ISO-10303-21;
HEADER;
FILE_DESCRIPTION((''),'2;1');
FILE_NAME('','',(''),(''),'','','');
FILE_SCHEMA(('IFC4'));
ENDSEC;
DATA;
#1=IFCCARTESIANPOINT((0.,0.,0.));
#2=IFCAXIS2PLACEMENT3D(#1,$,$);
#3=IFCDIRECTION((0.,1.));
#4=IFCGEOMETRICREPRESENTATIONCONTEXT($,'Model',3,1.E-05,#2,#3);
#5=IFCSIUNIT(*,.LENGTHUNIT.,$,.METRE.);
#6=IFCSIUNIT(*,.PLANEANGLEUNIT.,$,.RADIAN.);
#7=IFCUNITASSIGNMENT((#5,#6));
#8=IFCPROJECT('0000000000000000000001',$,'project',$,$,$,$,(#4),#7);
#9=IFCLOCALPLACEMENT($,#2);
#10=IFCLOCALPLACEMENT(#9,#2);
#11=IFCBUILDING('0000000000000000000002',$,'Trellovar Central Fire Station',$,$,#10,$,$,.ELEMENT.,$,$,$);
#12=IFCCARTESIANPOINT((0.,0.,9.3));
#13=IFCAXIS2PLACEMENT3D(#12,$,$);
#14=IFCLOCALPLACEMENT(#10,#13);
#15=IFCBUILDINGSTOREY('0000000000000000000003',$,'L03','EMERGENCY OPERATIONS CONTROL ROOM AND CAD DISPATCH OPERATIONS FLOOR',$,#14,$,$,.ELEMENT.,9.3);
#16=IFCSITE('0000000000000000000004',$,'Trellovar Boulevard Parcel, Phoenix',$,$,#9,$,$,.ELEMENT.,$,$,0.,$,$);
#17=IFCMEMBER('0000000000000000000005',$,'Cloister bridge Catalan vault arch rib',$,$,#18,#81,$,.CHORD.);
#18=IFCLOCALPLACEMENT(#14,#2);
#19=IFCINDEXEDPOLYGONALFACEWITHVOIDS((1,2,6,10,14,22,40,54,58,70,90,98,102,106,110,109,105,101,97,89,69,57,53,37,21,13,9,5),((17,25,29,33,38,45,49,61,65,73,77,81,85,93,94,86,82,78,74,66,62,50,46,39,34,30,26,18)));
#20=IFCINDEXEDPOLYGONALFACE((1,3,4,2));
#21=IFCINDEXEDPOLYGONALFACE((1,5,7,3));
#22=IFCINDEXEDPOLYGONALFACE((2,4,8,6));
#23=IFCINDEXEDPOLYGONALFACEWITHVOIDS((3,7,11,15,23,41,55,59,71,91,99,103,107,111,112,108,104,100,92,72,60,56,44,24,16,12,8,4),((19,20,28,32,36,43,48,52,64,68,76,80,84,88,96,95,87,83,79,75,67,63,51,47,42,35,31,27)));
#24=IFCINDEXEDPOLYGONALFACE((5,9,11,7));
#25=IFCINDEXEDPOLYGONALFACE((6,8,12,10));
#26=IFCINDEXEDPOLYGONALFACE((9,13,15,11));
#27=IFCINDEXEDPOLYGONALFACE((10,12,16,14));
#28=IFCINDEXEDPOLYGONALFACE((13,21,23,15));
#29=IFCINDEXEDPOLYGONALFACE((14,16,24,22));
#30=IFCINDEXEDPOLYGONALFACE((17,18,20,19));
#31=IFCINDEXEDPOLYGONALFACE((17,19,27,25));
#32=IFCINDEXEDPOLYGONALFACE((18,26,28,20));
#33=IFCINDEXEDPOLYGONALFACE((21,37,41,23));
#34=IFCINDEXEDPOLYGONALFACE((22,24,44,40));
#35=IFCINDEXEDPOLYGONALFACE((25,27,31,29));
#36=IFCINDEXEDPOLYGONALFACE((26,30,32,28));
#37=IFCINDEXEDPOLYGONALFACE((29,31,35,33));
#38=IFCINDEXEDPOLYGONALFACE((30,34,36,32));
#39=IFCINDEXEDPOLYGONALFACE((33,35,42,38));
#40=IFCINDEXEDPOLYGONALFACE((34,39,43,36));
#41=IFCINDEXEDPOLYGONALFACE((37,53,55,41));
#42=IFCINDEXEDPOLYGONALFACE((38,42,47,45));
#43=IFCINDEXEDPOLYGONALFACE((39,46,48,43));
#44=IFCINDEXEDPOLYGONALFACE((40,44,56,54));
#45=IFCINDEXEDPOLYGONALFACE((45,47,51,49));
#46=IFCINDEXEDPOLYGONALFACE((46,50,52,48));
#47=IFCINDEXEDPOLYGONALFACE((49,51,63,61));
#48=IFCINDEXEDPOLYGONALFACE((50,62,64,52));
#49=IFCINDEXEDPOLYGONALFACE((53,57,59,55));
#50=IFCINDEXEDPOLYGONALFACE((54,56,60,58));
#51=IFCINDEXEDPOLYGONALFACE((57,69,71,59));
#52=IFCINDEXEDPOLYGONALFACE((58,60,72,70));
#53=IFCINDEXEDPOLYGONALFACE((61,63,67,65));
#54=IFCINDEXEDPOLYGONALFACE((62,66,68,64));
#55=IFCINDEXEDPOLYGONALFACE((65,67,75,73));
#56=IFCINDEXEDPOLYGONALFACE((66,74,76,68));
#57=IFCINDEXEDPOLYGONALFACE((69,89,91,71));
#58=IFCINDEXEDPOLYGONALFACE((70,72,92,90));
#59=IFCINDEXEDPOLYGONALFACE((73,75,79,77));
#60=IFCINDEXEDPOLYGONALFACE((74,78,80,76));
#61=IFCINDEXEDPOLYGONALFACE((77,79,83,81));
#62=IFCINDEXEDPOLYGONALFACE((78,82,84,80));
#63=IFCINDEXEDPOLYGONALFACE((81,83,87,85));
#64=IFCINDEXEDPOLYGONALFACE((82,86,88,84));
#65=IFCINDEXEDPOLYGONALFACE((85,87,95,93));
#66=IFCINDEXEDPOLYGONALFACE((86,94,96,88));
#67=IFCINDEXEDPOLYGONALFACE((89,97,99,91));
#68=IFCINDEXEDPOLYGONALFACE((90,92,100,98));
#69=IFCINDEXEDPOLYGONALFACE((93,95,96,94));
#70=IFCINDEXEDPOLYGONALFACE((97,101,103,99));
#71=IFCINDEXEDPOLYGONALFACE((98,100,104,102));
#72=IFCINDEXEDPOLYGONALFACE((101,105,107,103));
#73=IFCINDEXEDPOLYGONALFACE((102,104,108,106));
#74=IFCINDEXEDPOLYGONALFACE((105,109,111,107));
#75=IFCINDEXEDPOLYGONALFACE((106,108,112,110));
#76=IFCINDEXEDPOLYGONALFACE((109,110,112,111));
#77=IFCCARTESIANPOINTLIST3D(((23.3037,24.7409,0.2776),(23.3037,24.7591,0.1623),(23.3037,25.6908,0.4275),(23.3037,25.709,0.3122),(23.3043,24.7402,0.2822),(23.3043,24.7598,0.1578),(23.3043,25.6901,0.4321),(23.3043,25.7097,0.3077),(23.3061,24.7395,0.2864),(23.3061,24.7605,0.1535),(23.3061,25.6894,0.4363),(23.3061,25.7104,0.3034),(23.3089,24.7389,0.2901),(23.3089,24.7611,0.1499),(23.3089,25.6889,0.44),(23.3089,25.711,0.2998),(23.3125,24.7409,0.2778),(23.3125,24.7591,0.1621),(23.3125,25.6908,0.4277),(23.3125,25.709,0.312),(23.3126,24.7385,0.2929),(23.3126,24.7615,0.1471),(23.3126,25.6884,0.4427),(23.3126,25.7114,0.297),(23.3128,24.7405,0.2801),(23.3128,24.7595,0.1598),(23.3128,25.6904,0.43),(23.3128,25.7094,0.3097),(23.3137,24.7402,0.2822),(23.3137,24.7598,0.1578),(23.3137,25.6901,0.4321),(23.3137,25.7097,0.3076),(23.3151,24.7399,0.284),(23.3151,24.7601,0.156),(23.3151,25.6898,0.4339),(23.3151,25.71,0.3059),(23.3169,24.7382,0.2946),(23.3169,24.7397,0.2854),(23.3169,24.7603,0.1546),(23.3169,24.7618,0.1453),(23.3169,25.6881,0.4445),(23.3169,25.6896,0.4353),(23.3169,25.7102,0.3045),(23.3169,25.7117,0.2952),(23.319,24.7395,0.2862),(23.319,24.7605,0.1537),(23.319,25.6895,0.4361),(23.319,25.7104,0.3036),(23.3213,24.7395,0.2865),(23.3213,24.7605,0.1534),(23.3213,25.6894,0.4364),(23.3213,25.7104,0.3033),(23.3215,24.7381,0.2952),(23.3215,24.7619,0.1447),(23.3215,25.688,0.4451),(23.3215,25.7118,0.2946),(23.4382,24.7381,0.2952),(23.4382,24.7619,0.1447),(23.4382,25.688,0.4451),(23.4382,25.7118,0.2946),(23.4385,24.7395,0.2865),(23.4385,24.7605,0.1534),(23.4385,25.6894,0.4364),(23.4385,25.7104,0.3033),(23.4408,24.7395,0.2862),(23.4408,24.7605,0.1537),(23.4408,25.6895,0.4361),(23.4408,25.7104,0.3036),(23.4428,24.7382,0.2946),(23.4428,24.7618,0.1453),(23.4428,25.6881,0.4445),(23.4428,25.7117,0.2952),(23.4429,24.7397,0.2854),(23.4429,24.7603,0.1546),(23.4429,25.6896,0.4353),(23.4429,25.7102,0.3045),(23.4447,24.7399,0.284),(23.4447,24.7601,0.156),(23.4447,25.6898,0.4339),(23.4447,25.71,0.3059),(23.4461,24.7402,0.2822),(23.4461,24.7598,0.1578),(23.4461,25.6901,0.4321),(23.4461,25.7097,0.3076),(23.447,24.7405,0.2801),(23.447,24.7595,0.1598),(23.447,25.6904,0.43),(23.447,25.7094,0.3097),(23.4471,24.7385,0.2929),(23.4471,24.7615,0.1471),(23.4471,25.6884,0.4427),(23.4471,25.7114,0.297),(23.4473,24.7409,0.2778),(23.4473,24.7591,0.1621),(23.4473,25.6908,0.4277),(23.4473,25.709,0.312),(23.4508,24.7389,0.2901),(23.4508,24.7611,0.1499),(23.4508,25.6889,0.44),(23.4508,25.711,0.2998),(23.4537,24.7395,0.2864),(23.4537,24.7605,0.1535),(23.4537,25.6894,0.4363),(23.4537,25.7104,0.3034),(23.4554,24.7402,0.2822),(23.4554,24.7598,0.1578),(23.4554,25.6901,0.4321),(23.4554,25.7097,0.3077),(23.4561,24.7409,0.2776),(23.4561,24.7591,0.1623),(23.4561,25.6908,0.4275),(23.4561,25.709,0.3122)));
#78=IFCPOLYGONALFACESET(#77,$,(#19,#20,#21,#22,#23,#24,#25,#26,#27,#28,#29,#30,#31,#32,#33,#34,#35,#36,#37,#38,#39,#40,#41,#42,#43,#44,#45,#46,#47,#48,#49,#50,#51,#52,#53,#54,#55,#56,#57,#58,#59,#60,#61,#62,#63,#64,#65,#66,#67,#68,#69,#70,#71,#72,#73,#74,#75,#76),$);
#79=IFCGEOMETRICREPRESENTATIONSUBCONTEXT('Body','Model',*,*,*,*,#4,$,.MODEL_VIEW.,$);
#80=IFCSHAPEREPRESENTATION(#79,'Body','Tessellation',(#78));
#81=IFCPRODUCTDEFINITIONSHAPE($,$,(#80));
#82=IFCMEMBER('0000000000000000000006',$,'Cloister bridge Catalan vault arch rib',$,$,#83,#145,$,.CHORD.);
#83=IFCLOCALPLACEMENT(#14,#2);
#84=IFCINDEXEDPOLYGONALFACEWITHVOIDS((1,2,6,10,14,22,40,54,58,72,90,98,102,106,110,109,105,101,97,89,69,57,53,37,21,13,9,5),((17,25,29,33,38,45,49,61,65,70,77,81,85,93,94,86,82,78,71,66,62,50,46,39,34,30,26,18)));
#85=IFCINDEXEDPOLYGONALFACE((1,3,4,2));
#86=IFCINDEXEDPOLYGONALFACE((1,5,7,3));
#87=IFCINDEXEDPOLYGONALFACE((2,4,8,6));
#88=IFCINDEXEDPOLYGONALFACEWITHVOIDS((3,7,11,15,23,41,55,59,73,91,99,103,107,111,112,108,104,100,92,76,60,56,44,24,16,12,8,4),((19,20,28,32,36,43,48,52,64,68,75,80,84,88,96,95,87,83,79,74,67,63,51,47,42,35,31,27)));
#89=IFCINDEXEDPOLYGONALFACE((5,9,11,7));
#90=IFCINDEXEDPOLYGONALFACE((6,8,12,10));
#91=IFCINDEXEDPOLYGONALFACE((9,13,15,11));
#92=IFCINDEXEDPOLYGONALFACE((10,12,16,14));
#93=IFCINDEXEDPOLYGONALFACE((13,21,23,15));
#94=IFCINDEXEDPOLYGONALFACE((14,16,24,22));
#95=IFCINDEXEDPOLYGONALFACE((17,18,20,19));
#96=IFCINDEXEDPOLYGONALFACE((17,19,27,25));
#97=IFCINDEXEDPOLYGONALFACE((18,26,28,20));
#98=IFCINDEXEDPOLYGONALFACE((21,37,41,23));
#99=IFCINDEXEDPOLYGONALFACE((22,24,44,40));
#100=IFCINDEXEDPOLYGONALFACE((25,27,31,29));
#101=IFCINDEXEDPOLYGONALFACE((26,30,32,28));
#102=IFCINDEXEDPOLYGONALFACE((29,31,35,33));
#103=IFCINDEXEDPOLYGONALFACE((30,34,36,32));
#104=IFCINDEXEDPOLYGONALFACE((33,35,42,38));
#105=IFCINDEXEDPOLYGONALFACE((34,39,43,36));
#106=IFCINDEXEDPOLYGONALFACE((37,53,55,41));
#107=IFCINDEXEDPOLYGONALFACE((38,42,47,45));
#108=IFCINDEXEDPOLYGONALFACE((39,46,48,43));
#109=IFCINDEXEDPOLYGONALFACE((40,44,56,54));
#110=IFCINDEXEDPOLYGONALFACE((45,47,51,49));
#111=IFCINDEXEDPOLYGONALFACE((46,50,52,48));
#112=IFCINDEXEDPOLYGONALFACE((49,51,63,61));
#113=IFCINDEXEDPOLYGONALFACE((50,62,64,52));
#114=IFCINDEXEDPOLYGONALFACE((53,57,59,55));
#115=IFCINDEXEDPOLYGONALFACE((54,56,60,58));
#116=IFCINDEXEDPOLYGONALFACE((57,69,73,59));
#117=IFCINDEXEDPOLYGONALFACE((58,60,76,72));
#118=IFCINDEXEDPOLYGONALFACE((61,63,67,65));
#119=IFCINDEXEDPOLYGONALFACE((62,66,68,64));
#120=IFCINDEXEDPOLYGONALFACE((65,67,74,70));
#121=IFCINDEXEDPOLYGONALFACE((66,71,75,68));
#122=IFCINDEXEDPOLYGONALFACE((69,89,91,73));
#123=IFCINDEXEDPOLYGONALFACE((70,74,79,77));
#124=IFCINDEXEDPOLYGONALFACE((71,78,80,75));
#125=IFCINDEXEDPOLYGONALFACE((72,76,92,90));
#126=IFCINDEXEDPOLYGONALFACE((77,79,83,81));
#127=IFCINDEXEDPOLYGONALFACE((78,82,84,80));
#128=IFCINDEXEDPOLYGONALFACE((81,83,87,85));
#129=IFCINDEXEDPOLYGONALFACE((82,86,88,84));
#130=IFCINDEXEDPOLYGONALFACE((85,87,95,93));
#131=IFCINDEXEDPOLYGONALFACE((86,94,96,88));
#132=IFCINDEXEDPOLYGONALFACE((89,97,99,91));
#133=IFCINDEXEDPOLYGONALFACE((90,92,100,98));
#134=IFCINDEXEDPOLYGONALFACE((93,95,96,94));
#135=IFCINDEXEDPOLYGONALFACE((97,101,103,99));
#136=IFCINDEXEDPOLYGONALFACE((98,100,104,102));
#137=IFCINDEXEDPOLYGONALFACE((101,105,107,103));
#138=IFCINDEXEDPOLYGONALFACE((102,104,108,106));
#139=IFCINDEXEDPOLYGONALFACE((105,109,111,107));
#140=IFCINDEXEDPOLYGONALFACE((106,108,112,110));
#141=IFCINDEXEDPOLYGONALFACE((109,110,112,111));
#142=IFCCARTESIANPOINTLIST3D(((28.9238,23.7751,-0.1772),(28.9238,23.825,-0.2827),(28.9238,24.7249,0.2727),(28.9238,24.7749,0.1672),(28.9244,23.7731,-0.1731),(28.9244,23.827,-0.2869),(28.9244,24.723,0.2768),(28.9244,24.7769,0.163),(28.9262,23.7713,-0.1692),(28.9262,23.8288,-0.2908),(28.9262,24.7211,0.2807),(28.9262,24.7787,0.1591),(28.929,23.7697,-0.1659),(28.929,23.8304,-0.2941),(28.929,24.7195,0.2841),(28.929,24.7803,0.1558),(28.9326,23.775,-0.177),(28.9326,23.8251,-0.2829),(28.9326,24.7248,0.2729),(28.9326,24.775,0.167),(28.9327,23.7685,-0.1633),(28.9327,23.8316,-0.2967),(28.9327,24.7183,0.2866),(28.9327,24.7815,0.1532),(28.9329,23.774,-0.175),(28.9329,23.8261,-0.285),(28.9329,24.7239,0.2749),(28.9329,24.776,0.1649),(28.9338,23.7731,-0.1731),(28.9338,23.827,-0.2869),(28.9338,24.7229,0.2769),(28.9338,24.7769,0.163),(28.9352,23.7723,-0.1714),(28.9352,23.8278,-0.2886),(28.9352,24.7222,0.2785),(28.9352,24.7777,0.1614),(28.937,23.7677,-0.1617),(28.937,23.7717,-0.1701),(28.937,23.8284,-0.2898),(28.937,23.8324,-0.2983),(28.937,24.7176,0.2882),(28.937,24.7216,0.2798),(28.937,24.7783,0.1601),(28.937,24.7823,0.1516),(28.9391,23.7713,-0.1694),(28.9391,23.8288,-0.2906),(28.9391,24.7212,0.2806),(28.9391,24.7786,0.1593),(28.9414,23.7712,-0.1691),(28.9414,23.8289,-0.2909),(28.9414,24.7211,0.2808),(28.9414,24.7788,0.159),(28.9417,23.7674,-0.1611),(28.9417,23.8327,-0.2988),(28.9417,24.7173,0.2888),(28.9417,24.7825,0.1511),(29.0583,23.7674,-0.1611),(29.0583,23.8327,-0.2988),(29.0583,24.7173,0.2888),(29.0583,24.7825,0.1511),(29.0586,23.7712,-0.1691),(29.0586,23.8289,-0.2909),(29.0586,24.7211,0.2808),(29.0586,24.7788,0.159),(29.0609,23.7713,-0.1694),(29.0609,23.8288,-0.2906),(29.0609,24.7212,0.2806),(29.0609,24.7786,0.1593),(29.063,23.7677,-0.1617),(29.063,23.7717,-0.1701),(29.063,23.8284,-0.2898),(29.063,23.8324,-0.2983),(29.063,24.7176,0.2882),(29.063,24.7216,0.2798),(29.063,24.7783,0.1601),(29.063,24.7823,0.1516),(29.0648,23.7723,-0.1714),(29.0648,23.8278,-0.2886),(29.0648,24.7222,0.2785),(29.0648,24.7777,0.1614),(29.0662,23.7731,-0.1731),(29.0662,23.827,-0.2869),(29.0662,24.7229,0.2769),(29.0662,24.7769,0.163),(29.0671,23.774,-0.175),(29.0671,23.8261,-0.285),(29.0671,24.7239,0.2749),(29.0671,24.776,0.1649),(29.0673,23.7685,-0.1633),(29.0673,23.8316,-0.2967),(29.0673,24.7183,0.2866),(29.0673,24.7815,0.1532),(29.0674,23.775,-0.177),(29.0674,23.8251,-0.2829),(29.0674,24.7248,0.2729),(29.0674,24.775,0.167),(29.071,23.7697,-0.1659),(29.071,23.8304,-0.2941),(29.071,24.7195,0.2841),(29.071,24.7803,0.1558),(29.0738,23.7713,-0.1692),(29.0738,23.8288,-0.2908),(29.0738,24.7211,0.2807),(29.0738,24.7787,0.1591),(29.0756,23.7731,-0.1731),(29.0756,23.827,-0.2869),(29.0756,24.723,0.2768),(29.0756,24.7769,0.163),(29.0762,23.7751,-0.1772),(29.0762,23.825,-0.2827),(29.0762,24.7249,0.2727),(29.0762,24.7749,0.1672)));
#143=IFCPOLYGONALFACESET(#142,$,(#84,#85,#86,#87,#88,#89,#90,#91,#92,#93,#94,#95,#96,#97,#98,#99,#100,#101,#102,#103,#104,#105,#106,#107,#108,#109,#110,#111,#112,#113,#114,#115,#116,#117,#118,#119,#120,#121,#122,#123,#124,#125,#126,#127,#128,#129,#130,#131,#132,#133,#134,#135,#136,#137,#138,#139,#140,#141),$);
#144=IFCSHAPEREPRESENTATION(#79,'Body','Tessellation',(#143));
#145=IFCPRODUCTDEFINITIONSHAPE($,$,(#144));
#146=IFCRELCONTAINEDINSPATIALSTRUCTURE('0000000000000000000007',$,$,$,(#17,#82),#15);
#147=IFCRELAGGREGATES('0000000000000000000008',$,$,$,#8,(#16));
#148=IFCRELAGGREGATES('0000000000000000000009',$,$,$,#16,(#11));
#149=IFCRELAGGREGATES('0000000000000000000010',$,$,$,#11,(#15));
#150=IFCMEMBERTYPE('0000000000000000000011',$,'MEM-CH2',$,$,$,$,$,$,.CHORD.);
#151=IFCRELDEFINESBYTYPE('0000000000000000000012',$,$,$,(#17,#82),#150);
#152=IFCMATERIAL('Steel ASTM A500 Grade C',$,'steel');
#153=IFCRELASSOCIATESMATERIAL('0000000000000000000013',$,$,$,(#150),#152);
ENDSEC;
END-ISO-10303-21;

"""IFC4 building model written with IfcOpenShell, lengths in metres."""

from ifc_helpers import new_model, si_unit, direction, frame, origin, origin_2d, place, context, subcontext, project, spatial, hollow_rectangle, extrude, material, material_profile, profile_set, type_object, element, save


model = new_model("IFC4")

# Units and contexts
model_context = context("Model", 3, precision=1e-05, world=origin(), true_north=direction((0.0, 1.0)))
body_context = subcontext(model_context, "Body", "Model", "MODEL_VIEW")
ifc_project = project(units=[si_unit("LENGTHUNIT", "METRE"), si_unit("PLANEANGLEUNIT", "RADIAN")], contexts=[model_context])

# Site, building, storey
site_placement = place(None, origin())
site = spatial("IfcSite", under=ifc_project, at=site_placement, Name="Trellovar Boulevard Parcel, Phoenix", CompositionType="ELEMENT", RefElevation=0.0)
building_placement = place(site_placement, origin())
building = spatial("IfcBuilding", under=site, at=building_placement, Name="Trellovar Central Fire Station", CompositionType="ELEMENT")
storey_placement = place(building_placement, frame((0.0, 0.0, 9.3)))
storey = spatial("IfcBuildingStorey", under=building, at=storey_placement, Name="L03", Description="EMERGENCY OPERATIONS CONTROL ROOM AND CAD DISPATCH OPERATIONS FLOOR", CompositionType="ELEMENT", Elevation=9.3)

# Members
ifc_material_1 = material(Name="Steel ASTM A500 Grade C", Category="steel")
ifc_material_profile_1 = material_profile(ifc_material_1, hollow_rectangle(XDim=0.1523, YDim=0.1523, WallThickness=0.0088, InnerFilletRadius=0.0088, OuterFilletRadius=0.0178, at=origin_2d()), Name="HSS6X6X3/8")
ifc_profile_set_1 = profile_set([ifc_material_profile_1], Name="Steel ASTM A500 Grade C")
member_type_1 = type_object("IfcMemberType", Name="MEM-CH2", PredefinedType="CHORD", material=ifc_profile_set_1)
member_1_placement = place(storey_placement, frame((23.3799, 24.75, 0.22), z_axis=(0.0, 0.987777, 0.155871), x_axis=(-1.0, 0.0, 0.0)))
element("IfcMember", 1, at=member_1_placement, inside=storey, type_object=member_type_1, Name="Cloister bridge Catalan vault arch rib", PredefinedType="CHORD", context=body_context, shape_type="SweptSolid", body=[
    extrude(hollow_rectangle(XDim=0.1523, YDim=0.1523, WallThickness=0.0088, InnerFilletRadius=0.0088, OuterFilletRadius=0.0178, at=origin_2d()), origin(), (0.0, 0.0, 1.0), 0.9617),
])
member_2_placement = place(storey_placement, frame((29.0, 23.8, -0.23), z_axis=(0.0, 0.903747, 0.428066), x_axis=(-1.0, 0.0, 0.0)))
element("IfcMember", 2, at=member_2_placement, inside=storey, type_object=member_type_1, Name="Cloister bridge Catalan vault arch rib", PredefinedType="CHORD", context=body_context, shape_type="SweptSolid", body=[
    extrude(hollow_rectangle(XDim=0.1523, YDim=0.1523, WallThickness=0.0088, InnerFilletRadius=0.0088, OuterFilletRadius=0.0178, at=origin_2d()), origin(), (0.0, 0.0, 1.0), 1.051),
])

save(model, "model.ifc")
